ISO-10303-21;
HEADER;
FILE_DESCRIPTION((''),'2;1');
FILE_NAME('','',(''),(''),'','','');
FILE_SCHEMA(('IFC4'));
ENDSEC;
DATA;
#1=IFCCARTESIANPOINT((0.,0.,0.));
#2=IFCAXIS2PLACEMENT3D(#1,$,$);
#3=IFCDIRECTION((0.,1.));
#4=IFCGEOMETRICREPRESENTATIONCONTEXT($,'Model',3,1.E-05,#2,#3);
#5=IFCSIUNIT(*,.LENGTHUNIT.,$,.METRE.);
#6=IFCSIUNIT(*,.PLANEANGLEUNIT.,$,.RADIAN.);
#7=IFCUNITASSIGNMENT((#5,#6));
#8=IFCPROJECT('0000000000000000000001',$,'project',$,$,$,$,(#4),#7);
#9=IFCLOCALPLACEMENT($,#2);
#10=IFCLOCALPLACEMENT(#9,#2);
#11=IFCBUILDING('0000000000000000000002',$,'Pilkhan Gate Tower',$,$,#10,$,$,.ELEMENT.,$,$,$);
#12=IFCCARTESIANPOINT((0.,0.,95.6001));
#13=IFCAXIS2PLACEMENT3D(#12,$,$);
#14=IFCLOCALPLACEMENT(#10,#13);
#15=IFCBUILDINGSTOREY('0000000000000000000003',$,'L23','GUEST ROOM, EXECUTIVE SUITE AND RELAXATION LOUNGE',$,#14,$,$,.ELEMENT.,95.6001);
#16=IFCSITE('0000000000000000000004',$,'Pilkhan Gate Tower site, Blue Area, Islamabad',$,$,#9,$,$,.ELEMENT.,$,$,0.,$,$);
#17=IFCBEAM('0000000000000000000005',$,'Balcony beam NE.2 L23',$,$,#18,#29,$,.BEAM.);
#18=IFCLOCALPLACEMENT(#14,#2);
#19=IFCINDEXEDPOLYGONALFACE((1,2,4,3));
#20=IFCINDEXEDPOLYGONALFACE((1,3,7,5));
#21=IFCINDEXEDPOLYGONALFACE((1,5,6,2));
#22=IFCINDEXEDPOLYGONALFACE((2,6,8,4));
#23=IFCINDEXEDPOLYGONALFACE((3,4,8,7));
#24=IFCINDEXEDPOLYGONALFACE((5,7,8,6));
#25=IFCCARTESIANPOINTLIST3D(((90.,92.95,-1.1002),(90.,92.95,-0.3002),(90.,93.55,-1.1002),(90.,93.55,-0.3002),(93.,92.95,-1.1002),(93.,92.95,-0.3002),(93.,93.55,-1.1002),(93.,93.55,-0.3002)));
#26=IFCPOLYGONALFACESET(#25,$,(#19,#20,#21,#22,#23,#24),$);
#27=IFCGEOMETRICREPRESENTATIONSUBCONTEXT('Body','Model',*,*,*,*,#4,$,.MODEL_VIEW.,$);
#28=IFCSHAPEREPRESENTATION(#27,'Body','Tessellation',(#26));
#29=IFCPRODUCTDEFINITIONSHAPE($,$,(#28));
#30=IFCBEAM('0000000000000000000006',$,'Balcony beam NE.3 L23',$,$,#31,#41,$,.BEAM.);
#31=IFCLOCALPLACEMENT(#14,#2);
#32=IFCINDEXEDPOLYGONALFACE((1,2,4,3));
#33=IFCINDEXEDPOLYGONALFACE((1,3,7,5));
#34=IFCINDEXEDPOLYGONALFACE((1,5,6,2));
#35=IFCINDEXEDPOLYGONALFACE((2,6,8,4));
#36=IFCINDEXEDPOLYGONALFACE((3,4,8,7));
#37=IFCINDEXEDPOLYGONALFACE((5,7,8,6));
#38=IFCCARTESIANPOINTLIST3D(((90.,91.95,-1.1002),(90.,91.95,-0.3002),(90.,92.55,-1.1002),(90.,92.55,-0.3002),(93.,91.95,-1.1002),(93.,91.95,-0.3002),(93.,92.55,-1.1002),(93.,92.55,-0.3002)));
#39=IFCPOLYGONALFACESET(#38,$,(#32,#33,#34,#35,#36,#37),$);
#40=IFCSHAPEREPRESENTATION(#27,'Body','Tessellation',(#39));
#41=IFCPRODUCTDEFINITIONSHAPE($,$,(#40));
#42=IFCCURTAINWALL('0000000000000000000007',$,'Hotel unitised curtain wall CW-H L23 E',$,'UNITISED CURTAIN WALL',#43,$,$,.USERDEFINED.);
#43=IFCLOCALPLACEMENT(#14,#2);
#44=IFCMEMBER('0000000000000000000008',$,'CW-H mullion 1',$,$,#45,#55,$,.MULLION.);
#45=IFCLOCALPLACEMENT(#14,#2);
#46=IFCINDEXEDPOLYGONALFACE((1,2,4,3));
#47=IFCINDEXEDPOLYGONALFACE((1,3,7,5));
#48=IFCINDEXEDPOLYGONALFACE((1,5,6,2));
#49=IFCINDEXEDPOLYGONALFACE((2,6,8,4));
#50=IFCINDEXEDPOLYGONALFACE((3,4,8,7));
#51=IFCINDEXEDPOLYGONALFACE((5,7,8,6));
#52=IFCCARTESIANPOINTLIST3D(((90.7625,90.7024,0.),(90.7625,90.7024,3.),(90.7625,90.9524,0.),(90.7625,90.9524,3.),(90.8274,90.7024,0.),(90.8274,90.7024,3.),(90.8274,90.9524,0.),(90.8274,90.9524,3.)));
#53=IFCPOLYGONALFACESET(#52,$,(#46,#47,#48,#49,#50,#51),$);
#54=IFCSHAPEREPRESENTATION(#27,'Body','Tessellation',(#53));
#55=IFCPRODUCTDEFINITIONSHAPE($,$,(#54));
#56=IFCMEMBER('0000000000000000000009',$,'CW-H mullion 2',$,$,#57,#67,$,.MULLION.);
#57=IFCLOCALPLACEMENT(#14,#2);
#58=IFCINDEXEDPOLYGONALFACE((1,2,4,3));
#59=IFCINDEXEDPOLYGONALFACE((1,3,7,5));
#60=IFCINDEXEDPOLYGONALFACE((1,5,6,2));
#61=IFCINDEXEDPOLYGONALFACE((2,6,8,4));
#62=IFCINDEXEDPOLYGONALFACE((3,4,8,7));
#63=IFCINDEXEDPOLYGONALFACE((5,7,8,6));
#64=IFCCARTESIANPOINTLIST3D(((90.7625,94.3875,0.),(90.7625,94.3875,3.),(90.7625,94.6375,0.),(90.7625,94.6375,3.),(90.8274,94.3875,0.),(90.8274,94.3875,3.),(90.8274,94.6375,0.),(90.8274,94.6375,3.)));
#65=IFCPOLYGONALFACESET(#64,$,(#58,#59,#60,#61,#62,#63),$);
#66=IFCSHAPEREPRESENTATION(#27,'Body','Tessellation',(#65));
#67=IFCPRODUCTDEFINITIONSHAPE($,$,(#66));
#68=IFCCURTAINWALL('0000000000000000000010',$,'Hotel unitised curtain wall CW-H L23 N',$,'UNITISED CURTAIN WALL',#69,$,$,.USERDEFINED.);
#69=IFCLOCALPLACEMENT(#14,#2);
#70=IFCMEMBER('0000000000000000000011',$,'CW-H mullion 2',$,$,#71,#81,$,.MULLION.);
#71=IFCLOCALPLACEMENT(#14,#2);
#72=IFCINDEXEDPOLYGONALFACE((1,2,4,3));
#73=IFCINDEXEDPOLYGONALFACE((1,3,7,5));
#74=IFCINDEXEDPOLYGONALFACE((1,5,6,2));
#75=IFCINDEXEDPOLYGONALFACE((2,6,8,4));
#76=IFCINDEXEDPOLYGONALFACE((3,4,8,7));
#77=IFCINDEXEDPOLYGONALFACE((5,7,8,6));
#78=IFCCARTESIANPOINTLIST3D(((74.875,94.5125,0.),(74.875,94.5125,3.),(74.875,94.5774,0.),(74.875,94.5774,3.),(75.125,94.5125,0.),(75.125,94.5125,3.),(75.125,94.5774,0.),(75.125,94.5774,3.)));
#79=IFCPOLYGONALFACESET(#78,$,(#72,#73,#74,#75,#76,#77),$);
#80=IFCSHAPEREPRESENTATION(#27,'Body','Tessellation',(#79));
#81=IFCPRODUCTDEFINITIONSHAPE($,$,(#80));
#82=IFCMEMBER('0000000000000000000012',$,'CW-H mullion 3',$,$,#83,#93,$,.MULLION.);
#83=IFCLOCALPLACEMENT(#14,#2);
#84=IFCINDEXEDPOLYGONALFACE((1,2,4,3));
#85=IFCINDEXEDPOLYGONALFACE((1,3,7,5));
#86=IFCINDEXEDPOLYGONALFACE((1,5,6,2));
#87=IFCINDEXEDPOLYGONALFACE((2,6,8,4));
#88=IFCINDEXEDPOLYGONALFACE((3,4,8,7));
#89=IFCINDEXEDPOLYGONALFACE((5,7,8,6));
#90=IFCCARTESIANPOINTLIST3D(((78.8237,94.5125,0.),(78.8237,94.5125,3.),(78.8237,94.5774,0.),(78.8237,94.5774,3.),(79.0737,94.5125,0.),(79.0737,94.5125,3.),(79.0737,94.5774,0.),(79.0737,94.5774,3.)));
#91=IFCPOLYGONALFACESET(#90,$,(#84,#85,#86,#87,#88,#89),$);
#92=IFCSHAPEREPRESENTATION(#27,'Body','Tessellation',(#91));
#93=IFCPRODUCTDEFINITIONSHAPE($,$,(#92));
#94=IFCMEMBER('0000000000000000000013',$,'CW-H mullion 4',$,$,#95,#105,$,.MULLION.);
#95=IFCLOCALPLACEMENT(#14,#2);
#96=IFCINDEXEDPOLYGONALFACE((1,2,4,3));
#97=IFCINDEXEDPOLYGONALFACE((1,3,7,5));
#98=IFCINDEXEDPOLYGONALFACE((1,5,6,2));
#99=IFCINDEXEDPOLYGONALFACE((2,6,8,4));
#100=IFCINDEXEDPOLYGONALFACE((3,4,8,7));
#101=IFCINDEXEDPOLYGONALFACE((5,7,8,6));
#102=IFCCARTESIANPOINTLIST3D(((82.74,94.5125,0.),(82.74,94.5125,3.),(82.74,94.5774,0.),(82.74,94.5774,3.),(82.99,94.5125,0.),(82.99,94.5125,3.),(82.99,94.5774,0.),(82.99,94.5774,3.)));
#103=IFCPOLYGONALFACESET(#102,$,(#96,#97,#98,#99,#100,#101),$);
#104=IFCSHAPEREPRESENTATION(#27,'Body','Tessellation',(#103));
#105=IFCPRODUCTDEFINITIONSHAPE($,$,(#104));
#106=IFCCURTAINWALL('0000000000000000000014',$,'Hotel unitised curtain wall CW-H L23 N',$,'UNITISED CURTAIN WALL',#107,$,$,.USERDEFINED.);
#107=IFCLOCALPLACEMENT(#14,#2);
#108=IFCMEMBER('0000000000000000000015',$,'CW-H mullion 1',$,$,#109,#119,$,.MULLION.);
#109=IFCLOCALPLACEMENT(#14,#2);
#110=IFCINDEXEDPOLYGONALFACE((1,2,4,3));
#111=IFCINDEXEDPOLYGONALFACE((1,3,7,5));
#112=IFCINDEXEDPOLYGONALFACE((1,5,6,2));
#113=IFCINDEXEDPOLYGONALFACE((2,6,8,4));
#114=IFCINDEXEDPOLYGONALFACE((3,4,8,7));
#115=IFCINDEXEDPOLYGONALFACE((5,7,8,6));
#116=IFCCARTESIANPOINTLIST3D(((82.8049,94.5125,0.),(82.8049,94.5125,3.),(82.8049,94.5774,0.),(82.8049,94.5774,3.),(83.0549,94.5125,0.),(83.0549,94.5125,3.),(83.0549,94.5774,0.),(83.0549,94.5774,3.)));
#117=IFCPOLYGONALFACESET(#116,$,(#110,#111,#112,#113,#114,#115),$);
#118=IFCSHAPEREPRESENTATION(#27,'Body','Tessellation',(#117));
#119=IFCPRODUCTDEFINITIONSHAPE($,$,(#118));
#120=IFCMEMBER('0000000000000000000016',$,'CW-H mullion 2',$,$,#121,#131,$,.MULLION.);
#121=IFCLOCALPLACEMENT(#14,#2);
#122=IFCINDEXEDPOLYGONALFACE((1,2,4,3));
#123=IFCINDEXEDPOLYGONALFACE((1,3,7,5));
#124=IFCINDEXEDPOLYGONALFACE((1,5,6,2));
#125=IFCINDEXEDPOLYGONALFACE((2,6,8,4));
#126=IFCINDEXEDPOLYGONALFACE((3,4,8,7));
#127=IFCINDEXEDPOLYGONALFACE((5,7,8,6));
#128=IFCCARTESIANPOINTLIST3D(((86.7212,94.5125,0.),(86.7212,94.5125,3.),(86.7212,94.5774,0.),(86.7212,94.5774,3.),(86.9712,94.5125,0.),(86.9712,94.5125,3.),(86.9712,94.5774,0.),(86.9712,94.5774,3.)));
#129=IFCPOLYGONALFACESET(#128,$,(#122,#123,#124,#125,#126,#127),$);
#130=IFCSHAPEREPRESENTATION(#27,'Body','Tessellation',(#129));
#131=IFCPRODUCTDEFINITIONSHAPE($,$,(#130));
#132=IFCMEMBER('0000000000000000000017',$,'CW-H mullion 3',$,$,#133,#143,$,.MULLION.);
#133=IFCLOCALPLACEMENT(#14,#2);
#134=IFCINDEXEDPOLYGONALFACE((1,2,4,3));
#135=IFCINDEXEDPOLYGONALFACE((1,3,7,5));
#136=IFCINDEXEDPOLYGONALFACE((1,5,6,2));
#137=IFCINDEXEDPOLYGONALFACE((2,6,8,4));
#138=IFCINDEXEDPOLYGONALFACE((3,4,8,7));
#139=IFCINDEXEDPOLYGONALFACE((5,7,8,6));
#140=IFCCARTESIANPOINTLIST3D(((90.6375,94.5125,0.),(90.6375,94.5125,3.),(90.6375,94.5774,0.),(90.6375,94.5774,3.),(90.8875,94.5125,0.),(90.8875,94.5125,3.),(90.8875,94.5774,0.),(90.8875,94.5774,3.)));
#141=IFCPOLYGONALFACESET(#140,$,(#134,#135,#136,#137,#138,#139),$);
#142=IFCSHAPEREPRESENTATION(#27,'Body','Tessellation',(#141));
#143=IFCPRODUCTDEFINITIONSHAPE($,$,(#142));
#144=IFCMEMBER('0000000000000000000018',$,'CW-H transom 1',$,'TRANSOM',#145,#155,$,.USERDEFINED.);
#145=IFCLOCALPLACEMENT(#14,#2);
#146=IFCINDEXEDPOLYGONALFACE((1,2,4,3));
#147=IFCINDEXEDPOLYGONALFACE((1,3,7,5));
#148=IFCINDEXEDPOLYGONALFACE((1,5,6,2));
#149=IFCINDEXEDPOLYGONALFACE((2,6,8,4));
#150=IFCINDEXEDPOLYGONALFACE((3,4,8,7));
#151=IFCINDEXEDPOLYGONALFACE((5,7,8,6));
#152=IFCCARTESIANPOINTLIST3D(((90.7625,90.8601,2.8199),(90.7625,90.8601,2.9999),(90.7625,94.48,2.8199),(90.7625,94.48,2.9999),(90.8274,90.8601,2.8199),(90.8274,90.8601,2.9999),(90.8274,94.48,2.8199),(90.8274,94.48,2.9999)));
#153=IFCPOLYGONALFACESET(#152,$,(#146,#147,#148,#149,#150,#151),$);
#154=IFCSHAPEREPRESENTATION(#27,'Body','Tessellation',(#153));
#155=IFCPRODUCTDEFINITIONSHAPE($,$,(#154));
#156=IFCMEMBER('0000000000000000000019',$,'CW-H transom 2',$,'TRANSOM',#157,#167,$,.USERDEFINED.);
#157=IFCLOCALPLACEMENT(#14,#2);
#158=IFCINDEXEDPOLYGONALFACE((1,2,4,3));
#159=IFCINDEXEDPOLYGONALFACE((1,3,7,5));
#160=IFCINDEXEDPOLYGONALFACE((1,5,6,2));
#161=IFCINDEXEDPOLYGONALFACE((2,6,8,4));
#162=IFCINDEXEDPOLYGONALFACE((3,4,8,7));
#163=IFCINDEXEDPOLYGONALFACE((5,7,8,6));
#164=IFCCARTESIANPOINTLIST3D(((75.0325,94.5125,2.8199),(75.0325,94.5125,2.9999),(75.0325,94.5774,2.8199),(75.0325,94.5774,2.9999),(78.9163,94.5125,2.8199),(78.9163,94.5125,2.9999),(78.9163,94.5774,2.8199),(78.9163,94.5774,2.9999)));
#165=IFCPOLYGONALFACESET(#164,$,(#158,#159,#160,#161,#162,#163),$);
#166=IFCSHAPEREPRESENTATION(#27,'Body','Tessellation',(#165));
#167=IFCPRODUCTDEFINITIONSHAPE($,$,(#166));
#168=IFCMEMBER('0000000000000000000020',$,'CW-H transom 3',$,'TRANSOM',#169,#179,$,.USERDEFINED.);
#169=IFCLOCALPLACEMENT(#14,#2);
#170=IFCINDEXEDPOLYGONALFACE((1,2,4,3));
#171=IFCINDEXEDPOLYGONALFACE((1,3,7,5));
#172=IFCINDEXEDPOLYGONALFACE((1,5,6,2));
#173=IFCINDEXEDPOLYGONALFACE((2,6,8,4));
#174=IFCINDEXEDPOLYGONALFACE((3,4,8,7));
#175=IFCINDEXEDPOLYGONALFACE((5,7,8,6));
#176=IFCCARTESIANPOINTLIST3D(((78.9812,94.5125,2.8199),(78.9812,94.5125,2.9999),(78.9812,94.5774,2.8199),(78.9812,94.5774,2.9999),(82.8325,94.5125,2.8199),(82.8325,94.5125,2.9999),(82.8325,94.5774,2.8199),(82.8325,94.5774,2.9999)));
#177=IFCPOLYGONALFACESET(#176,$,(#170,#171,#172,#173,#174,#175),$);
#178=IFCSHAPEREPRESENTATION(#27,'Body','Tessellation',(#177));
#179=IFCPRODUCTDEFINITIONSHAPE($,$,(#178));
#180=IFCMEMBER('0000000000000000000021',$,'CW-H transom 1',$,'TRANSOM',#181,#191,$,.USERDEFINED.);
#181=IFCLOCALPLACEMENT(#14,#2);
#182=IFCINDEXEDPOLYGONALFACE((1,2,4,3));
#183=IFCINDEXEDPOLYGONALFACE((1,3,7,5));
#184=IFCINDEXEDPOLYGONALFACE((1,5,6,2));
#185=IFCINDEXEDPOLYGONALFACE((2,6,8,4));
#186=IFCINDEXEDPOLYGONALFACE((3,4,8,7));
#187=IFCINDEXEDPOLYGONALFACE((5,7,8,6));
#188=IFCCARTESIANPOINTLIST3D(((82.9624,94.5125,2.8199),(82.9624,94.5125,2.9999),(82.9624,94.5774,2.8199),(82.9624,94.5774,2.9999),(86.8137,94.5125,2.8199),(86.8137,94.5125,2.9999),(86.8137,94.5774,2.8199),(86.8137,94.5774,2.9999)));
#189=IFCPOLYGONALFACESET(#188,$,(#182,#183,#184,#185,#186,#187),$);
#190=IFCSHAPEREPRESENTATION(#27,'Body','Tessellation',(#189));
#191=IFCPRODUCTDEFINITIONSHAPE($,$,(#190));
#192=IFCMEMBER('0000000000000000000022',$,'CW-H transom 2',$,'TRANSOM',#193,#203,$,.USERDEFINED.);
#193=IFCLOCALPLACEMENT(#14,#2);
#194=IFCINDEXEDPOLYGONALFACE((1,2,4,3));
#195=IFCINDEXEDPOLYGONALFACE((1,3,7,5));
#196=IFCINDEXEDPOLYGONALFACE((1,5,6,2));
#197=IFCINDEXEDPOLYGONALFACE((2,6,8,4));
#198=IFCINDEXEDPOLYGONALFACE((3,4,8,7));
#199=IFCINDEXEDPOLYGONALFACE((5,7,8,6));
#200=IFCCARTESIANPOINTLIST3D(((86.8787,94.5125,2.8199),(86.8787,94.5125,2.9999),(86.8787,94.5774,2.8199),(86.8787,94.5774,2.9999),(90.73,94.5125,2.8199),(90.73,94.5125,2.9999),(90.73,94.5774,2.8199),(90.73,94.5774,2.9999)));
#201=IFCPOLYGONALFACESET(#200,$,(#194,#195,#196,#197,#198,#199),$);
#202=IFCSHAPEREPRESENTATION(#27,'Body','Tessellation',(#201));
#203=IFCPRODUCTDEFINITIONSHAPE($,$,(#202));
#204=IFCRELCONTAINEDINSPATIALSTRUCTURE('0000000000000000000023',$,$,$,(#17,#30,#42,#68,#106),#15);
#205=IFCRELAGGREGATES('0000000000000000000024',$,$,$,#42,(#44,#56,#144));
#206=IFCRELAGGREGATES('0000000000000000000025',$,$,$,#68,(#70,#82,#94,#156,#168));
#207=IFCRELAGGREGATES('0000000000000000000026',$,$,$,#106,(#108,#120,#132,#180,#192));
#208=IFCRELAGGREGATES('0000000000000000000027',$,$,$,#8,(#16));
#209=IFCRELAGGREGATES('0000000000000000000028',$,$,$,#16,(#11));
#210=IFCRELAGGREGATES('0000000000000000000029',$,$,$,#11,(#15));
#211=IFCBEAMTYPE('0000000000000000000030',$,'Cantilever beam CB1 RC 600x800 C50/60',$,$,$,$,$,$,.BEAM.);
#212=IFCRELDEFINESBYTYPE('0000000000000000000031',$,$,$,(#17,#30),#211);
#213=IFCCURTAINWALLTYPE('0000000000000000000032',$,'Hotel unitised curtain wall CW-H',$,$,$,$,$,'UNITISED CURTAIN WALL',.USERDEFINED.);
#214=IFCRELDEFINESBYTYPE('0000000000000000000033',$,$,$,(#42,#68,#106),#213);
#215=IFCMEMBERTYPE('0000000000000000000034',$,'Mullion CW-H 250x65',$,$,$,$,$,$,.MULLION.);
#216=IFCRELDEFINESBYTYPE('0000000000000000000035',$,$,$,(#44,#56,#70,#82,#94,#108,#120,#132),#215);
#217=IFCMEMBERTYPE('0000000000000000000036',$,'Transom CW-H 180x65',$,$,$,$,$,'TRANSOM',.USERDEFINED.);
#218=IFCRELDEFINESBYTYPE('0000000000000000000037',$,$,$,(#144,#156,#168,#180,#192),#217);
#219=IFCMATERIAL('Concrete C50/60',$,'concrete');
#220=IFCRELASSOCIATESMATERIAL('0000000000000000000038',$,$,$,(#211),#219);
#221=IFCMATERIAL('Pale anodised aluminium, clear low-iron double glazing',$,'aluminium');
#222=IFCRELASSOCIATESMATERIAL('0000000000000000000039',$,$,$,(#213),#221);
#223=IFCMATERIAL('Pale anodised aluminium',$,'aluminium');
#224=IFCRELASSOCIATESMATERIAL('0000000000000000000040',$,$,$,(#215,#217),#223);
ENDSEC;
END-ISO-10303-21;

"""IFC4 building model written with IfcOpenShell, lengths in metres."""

from ifc_helpers import new_model, si_unit, direction, frame, origin, origin_2d, place, context, subcontext, project, spatial, rectangle, extrude, material, material_profile, profile_set, type_object, element, aggregate, save


model = new_model("IFC4")

# Units and contexts
model_context = context("Model", 3, precision=1e-05, world=origin(), true_north=direction((0.0, 1.0)))
body_context = subcontext(model_context, "Body", "Model", "MODEL_VIEW")
ifc_project = project(units=[si_unit("LENGTHUNIT", "METRE"), si_unit("PLANEANGLEUNIT", "RADIAN")], contexts=[model_context])

# Site, building, storey
site_placement = place(None, origin())
site = spatial("IfcSite", under=ifc_project, at=site_placement, Name="Pilkhan Gate Tower site, Blue Area, Islamabad", CompositionType="ELEMENT", RefElevation=0.0)
building_placement = place(site_placement, origin())
building = spatial("IfcBuilding", under=site, at=building_placement, Name="Pilkhan Gate Tower", CompositionType="ELEMENT")
storey_placement = place(building_placement, frame((0.0, 0.0, 95.6001)))
storey = spatial("IfcBuildingStorey", under=building, at=storey_placement, Name="L23", Description="GUEST ROOM, EXECUTIVE SUITE AND RELAXATION LOUNGE", CompositionType="ELEMENT", Elevation=95.6001)

# Beams
ifc_material_1 = material(Name="Concrete C50/60", Category="concrete")
ifc_material_profile_1 = material_profile(ifc_material_1, rectangle(XDim=0.6001, YDim=0.8, at=origin_2d()), Name="RC 600x800")
ifc_profile_set_1 = profile_set([ifc_material_profile_1], Name="Concrete C50/60")
beam_type = type_object("IfcBeamType", Name="Cantilever beam CB1 RC 600x800 C50/60", PredefinedType="BEAM", material=ifc_profile_set_1)
for number, where, z_axis, x_axis, name in (
    (1, (90.0, 93.25, -0.7002), (1.0, 0.0, 0.0), (0.0, 1.0, 0.0), "Balcony beam NE.2 L23"),
    (2, (90.0, 92.25, -0.7002), (1.0, 0.0, 0.0), (0.0, 1.0, 0.0), "Balcony beam NE.3 L23"),
):
    element("IfcBeam", number, at=place(storey_placement, frame(where, z_axis=z_axis, x_axis=x_axis)), inside=storey, type_object=beam_type, Name=name, PredefinedType="BEAM", context=body_context, shape_type="SweptSolid", body=[
        extrude(rectangle(XDim=0.6001, YDim=0.8, at=origin_2d()), origin(), (0.0, 0.0, 1.0), 3.0),
    ])

# Curtain walls, members
ifc_material_2 = material(Name="Pale anodised aluminium, clear low-iron double glazing", Category="aluminium")
curtain_wall_type = type_object("IfcCurtainWallType", Name="Hotel unitised curtain wall CW-H", ElementType="UNITISED CURTAIN WALL", PredefinedType="USERDEFINED", material=ifc_material_2)
curtain_wall_1_placement = place(storey_placement, origin())
curtain_wall_1 = element("IfcCurtainWall", 3, at=curtain_wall_1_placement, inside=storey, type_object=curtain_wall_type, Name="Hotel unitised curtain wall CW-H L23 E", ObjectType="UNITISED CURTAIN WALL", PredefinedType="USERDEFINED")
ifc_material_3 = material(Name="Pale anodised aluminium", Category="aluminium")
ifc_material_profile_2 = material_profile(ifc_material_3, rectangle(XDim=0.0649, YDim=0.25, at=origin_2d()), Name="Mullion 250x65")
ifc_profile_set_2 = profile_set([ifc_material_profile_2], Name="Pale anodised aluminium")
member_type_1 = type_object("IfcMemberType", Name="Mullion CW-H 250x65", PredefinedType="MULLION", material=ifc_profile_set_2)
member_1_placement = place(storey_placement, frame((90.7949, 90.8274, 0.0), z_axis=(0.0, 0.0, 1.0), x_axis=(-1.0, 0.0, 0.0)))
member_1 = element("IfcMember", 4, at=member_1_placement, type_object=member_type_1, Name="CW-H mullion 1", PredefinedType="MULLION", context=body_context, shape_type="SweptSolid", body=[
    extrude(rectangle(XDim=0.0649, YDim=0.25, at=origin_2d()), origin(), (0.0, 0.0, 1.0), 3.0),
])
member_2_placement = place(storey_placement, frame((90.7949, 94.5125, 0.0), z_axis=(0.0, 0.0, 1.0), x_axis=(-1.0, 0.0, 0.0)))
member_2 = element("IfcMember", 5, at=member_2_placement, type_object=member_type_1, Name="CW-H mullion 2", PredefinedType="MULLION", context=body_context, shape_type="SweptSolid", body=[
    extrude(rectangle(XDim=0.0649, YDim=0.25, at=origin_2d()), origin(), (0.0, 0.0, 1.0), 3.0),
])
curtain_wall_2_placement = place(storey_placement, origin())
curtain_wall_2 = element("IfcCurtainWall", 6, at=curtain_wall_2_placement, inside=storey, type_object=curtain_wall_type, Name="Hotel unitised curtain wall CW-H L23 N", ObjectType="UNITISED CURTAIN WALL", PredefinedType="USERDEFINED")
member_3_placement = place(storey_placement, frame((75.0, 94.5449, 0.0), z_axis=(0.0, 0.0, 1.0), x_axis=(0.0, 1.0, 0.0)))
member_3 = element("IfcMember", 7, at=member_3_placement, type_object=member_type_1, Name="CW-H mullion 2", PredefinedType="MULLION", context=body_context, shape_type="SweptSolid", body=[
    extrude(rectangle(XDim=0.0649, YDim=0.25, at=origin_2d()), origin(), (0.0, 0.0, 1.0), 3.0),
])
member_4_placement = place(storey_placement, frame((78.9487, 94.5449, 0.0), z_axis=(0.0, 0.0, 1.0), x_axis=(0.0, 1.0, 0.0)))
member_4 = element("IfcMember", 8, at=member_4_placement, type_object=member_type_1, Name="CW-H mullion 3", PredefinedType="MULLION", context=body_context, shape_type="SweptSolid", body=[
    extrude(rectangle(XDim=0.0649, YDim=0.25, at=origin_2d()), origin(), (0.0, 0.0, 1.0), 3.0),
])
member_5_placement = place(storey_placement, frame((82.865, 94.5449, 0.0), z_axis=(0.0, 0.0, 1.0), x_axis=(0.0, 1.0, 0.0)))
member_5 = element("IfcMember", 9, at=member_5_placement, type_object=member_type_1, Name="CW-H mullion 4", PredefinedType="MULLION", context=body_context, shape_type="SweptSolid", body=[
    extrude(rectangle(XDim=0.0649, YDim=0.25, at=origin_2d()), origin(), (0.0, 0.0, 1.0), 3.0),
])
curtain_wall_3_placement = place(storey_placement, origin())
curtain_wall_3 = element("IfcCurtainWall", 10, at=curtain_wall_3_placement, inside=storey, type_object=curtain_wall_type, Name="Hotel unitised curtain wall CW-H L23 N", ObjectType="UNITISED CURTAIN WALL", PredefinedType="USERDEFINED")
member_6_placement = place(storey_placement, frame((82.9299, 94.5449, 0.0), z_axis=(0.0, 0.0, 1.0), x_axis=(0.0, 1.0, 0.0)))
member_6 = element("IfcMember", 11, at=member_6_placement, type_object=member_type_1, Name="CW-H mullion 1", PredefinedType="MULLION", context=body_context, shape_type="SweptSolid", body=[
    extrude(rectangle(XDim=0.0649, YDim=0.25, at=origin_2d()), origin(), (0.0, 0.0, 1.0), 3.0),
])
member_7_placement = place(storey_placement, frame((86.8462, 94.5449, 0.0), z_axis=(0.0, 0.0, 1.0), x_axis=(0.0, 1.0, 0.0)))
member_7 = element("IfcMember", 12, at=member_7_placement, type_object=member_type_1, Name="CW-H mullion 2", PredefinedType="MULLION", context=body_context, shape_type="SweptSolid", body=[
    extrude(rectangle(XDim=0.0649, YDim=0.25, at=origin_2d()), origin(), (0.0, 0.0, 1.0), 3.0),
])
member_8_placement = place(storey_placement, frame((90.7625, 94.5449, 0.0), z_axis=(0.0, 0.0, 1.0), x_axis=(0.0, 1.0, 0.0)))
member_8 = element("IfcMember", 13, at=member_8_placement, type_object=member_type_1, Name="CW-H mullion 3", PredefinedType="MULLION", context=body_context, shape_type="SweptSolid", body=[
    extrude(rectangle(XDim=0.0649, YDim=0.25, at=origin_2d()), origin(), (0.0, 0.0, 1.0), 3.0),
])

# Members
ifc_material_profile_3 = material_profile(ifc_material_3, rectangle(XDim=0.0649, YDim=0.1799, at=origin_2d()), Name="Transom 180x65")
ifc_profile_set_3 = profile_set([ifc_material_profile_3], Name="Pale anodised aluminium")
member_type_2 = type_object("IfcMemberType", Name="Transom CW-H 180x65", ElementType="TRANSOM", PredefinedType="USERDEFINED", material=ifc_profile_set_3)
member_9_placement = place(storey_placement, frame((90.7949, 90.8601, 2.9099), z_axis=(0.0, 1.0, 0.0), x_axis=(-1.0, 0.0, 0.0)))
member_9 = element("IfcMember", 14, at=member_9_placement, type_object=member_type_2, Name="CW-H transom 1", ObjectType="TRANSOM", PredefinedType="USERDEFINED", context=body_context, shape_type="SweptSolid", body=[
    extrude(rectangle(XDim=0.0649, YDim=0.1799, at=origin_2d()), origin(), (0.0, 0.0, 1.0), 3.6199),
])
member_10_placement = place(storey_placement, frame((75.0325, 94.5449, 2.9099), z_axis=(1.0, 0.0, 0.0), x_axis=(0.0, 1.0, 0.0)))
member_10 = element("IfcMember", 15, at=member_10_placement, type_object=member_type_2, Name="CW-H transom 2", ObjectType="TRANSOM", PredefinedType="USERDEFINED", context=body_context, shape_type="SweptSolid", body=[
    extrude(rectangle(XDim=0.0649, YDim=0.1799, at=origin_2d()), origin(), (0.0, 0.0, 1.0), 3.8838),
])
member_11_placement = place(storey_placement, frame((78.9812, 94.5449, 2.9099), z_axis=(1.0, 0.0, 0.0), x_axis=(0.0, 1.0, 0.0)))
member_11 = element("IfcMember", 16, at=member_11_placement, type_object=member_type_2, Name="CW-H transom 3", ObjectType="TRANSOM", PredefinedType="USERDEFINED", context=body_context, shape_type="SweptSolid", body=[
    extrude(rectangle(XDim=0.0649, YDim=0.1799, at=origin_2d()), origin(), (0.0, 0.0, 1.0), 3.8513),
])
member_12_placement = place(storey_placement, frame((82.9624, 94.5449, 2.9099), z_axis=(1.0, 0.0, 0.0), x_axis=(0.0, 1.0, 0.0)))
member_12 = element("IfcMember", 17, at=member_12_placement, type_object=member_type_2, Name="CW-H transom 1", ObjectType="TRANSOM", PredefinedType="USERDEFINED", context=body_context, shape_type="SweptSolid", body=[
    extrude(rectangle(XDim=0.0649, YDim=0.1799, at=origin_2d()), origin(), (0.0, 0.0, 1.0), 3.8513),
])
member_13_placement = place(storey_placement, frame((86.8787, 94.5449, 2.9099), z_axis=(1.0, 0.0, 0.0), x_axis=(0.0, 1.0, 0.0)))
member_13 = element("IfcMember", 18, at=member_13_placement, type_object=member_type_2, Name="CW-H transom 2", ObjectType="TRANSOM", PredefinedType="USERDEFINED", context=body_context, shape_type="SweptSolid", body=[
    extrude(rectangle(XDim=0.0649, YDim=0.1799, at=origin_2d()), origin(), (0.0, 0.0, 1.0), 3.8513),
])

aggregate(curtain_wall_1, [member_1, member_2, member_9])
aggregate(curtain_wall_2, [member_3, member_4, member_5, member_10, member_11])
aggregate(curtain_wall_3, [member_6, member_7, member_8, member_12, member_13])

save(model, "model.ifc")
